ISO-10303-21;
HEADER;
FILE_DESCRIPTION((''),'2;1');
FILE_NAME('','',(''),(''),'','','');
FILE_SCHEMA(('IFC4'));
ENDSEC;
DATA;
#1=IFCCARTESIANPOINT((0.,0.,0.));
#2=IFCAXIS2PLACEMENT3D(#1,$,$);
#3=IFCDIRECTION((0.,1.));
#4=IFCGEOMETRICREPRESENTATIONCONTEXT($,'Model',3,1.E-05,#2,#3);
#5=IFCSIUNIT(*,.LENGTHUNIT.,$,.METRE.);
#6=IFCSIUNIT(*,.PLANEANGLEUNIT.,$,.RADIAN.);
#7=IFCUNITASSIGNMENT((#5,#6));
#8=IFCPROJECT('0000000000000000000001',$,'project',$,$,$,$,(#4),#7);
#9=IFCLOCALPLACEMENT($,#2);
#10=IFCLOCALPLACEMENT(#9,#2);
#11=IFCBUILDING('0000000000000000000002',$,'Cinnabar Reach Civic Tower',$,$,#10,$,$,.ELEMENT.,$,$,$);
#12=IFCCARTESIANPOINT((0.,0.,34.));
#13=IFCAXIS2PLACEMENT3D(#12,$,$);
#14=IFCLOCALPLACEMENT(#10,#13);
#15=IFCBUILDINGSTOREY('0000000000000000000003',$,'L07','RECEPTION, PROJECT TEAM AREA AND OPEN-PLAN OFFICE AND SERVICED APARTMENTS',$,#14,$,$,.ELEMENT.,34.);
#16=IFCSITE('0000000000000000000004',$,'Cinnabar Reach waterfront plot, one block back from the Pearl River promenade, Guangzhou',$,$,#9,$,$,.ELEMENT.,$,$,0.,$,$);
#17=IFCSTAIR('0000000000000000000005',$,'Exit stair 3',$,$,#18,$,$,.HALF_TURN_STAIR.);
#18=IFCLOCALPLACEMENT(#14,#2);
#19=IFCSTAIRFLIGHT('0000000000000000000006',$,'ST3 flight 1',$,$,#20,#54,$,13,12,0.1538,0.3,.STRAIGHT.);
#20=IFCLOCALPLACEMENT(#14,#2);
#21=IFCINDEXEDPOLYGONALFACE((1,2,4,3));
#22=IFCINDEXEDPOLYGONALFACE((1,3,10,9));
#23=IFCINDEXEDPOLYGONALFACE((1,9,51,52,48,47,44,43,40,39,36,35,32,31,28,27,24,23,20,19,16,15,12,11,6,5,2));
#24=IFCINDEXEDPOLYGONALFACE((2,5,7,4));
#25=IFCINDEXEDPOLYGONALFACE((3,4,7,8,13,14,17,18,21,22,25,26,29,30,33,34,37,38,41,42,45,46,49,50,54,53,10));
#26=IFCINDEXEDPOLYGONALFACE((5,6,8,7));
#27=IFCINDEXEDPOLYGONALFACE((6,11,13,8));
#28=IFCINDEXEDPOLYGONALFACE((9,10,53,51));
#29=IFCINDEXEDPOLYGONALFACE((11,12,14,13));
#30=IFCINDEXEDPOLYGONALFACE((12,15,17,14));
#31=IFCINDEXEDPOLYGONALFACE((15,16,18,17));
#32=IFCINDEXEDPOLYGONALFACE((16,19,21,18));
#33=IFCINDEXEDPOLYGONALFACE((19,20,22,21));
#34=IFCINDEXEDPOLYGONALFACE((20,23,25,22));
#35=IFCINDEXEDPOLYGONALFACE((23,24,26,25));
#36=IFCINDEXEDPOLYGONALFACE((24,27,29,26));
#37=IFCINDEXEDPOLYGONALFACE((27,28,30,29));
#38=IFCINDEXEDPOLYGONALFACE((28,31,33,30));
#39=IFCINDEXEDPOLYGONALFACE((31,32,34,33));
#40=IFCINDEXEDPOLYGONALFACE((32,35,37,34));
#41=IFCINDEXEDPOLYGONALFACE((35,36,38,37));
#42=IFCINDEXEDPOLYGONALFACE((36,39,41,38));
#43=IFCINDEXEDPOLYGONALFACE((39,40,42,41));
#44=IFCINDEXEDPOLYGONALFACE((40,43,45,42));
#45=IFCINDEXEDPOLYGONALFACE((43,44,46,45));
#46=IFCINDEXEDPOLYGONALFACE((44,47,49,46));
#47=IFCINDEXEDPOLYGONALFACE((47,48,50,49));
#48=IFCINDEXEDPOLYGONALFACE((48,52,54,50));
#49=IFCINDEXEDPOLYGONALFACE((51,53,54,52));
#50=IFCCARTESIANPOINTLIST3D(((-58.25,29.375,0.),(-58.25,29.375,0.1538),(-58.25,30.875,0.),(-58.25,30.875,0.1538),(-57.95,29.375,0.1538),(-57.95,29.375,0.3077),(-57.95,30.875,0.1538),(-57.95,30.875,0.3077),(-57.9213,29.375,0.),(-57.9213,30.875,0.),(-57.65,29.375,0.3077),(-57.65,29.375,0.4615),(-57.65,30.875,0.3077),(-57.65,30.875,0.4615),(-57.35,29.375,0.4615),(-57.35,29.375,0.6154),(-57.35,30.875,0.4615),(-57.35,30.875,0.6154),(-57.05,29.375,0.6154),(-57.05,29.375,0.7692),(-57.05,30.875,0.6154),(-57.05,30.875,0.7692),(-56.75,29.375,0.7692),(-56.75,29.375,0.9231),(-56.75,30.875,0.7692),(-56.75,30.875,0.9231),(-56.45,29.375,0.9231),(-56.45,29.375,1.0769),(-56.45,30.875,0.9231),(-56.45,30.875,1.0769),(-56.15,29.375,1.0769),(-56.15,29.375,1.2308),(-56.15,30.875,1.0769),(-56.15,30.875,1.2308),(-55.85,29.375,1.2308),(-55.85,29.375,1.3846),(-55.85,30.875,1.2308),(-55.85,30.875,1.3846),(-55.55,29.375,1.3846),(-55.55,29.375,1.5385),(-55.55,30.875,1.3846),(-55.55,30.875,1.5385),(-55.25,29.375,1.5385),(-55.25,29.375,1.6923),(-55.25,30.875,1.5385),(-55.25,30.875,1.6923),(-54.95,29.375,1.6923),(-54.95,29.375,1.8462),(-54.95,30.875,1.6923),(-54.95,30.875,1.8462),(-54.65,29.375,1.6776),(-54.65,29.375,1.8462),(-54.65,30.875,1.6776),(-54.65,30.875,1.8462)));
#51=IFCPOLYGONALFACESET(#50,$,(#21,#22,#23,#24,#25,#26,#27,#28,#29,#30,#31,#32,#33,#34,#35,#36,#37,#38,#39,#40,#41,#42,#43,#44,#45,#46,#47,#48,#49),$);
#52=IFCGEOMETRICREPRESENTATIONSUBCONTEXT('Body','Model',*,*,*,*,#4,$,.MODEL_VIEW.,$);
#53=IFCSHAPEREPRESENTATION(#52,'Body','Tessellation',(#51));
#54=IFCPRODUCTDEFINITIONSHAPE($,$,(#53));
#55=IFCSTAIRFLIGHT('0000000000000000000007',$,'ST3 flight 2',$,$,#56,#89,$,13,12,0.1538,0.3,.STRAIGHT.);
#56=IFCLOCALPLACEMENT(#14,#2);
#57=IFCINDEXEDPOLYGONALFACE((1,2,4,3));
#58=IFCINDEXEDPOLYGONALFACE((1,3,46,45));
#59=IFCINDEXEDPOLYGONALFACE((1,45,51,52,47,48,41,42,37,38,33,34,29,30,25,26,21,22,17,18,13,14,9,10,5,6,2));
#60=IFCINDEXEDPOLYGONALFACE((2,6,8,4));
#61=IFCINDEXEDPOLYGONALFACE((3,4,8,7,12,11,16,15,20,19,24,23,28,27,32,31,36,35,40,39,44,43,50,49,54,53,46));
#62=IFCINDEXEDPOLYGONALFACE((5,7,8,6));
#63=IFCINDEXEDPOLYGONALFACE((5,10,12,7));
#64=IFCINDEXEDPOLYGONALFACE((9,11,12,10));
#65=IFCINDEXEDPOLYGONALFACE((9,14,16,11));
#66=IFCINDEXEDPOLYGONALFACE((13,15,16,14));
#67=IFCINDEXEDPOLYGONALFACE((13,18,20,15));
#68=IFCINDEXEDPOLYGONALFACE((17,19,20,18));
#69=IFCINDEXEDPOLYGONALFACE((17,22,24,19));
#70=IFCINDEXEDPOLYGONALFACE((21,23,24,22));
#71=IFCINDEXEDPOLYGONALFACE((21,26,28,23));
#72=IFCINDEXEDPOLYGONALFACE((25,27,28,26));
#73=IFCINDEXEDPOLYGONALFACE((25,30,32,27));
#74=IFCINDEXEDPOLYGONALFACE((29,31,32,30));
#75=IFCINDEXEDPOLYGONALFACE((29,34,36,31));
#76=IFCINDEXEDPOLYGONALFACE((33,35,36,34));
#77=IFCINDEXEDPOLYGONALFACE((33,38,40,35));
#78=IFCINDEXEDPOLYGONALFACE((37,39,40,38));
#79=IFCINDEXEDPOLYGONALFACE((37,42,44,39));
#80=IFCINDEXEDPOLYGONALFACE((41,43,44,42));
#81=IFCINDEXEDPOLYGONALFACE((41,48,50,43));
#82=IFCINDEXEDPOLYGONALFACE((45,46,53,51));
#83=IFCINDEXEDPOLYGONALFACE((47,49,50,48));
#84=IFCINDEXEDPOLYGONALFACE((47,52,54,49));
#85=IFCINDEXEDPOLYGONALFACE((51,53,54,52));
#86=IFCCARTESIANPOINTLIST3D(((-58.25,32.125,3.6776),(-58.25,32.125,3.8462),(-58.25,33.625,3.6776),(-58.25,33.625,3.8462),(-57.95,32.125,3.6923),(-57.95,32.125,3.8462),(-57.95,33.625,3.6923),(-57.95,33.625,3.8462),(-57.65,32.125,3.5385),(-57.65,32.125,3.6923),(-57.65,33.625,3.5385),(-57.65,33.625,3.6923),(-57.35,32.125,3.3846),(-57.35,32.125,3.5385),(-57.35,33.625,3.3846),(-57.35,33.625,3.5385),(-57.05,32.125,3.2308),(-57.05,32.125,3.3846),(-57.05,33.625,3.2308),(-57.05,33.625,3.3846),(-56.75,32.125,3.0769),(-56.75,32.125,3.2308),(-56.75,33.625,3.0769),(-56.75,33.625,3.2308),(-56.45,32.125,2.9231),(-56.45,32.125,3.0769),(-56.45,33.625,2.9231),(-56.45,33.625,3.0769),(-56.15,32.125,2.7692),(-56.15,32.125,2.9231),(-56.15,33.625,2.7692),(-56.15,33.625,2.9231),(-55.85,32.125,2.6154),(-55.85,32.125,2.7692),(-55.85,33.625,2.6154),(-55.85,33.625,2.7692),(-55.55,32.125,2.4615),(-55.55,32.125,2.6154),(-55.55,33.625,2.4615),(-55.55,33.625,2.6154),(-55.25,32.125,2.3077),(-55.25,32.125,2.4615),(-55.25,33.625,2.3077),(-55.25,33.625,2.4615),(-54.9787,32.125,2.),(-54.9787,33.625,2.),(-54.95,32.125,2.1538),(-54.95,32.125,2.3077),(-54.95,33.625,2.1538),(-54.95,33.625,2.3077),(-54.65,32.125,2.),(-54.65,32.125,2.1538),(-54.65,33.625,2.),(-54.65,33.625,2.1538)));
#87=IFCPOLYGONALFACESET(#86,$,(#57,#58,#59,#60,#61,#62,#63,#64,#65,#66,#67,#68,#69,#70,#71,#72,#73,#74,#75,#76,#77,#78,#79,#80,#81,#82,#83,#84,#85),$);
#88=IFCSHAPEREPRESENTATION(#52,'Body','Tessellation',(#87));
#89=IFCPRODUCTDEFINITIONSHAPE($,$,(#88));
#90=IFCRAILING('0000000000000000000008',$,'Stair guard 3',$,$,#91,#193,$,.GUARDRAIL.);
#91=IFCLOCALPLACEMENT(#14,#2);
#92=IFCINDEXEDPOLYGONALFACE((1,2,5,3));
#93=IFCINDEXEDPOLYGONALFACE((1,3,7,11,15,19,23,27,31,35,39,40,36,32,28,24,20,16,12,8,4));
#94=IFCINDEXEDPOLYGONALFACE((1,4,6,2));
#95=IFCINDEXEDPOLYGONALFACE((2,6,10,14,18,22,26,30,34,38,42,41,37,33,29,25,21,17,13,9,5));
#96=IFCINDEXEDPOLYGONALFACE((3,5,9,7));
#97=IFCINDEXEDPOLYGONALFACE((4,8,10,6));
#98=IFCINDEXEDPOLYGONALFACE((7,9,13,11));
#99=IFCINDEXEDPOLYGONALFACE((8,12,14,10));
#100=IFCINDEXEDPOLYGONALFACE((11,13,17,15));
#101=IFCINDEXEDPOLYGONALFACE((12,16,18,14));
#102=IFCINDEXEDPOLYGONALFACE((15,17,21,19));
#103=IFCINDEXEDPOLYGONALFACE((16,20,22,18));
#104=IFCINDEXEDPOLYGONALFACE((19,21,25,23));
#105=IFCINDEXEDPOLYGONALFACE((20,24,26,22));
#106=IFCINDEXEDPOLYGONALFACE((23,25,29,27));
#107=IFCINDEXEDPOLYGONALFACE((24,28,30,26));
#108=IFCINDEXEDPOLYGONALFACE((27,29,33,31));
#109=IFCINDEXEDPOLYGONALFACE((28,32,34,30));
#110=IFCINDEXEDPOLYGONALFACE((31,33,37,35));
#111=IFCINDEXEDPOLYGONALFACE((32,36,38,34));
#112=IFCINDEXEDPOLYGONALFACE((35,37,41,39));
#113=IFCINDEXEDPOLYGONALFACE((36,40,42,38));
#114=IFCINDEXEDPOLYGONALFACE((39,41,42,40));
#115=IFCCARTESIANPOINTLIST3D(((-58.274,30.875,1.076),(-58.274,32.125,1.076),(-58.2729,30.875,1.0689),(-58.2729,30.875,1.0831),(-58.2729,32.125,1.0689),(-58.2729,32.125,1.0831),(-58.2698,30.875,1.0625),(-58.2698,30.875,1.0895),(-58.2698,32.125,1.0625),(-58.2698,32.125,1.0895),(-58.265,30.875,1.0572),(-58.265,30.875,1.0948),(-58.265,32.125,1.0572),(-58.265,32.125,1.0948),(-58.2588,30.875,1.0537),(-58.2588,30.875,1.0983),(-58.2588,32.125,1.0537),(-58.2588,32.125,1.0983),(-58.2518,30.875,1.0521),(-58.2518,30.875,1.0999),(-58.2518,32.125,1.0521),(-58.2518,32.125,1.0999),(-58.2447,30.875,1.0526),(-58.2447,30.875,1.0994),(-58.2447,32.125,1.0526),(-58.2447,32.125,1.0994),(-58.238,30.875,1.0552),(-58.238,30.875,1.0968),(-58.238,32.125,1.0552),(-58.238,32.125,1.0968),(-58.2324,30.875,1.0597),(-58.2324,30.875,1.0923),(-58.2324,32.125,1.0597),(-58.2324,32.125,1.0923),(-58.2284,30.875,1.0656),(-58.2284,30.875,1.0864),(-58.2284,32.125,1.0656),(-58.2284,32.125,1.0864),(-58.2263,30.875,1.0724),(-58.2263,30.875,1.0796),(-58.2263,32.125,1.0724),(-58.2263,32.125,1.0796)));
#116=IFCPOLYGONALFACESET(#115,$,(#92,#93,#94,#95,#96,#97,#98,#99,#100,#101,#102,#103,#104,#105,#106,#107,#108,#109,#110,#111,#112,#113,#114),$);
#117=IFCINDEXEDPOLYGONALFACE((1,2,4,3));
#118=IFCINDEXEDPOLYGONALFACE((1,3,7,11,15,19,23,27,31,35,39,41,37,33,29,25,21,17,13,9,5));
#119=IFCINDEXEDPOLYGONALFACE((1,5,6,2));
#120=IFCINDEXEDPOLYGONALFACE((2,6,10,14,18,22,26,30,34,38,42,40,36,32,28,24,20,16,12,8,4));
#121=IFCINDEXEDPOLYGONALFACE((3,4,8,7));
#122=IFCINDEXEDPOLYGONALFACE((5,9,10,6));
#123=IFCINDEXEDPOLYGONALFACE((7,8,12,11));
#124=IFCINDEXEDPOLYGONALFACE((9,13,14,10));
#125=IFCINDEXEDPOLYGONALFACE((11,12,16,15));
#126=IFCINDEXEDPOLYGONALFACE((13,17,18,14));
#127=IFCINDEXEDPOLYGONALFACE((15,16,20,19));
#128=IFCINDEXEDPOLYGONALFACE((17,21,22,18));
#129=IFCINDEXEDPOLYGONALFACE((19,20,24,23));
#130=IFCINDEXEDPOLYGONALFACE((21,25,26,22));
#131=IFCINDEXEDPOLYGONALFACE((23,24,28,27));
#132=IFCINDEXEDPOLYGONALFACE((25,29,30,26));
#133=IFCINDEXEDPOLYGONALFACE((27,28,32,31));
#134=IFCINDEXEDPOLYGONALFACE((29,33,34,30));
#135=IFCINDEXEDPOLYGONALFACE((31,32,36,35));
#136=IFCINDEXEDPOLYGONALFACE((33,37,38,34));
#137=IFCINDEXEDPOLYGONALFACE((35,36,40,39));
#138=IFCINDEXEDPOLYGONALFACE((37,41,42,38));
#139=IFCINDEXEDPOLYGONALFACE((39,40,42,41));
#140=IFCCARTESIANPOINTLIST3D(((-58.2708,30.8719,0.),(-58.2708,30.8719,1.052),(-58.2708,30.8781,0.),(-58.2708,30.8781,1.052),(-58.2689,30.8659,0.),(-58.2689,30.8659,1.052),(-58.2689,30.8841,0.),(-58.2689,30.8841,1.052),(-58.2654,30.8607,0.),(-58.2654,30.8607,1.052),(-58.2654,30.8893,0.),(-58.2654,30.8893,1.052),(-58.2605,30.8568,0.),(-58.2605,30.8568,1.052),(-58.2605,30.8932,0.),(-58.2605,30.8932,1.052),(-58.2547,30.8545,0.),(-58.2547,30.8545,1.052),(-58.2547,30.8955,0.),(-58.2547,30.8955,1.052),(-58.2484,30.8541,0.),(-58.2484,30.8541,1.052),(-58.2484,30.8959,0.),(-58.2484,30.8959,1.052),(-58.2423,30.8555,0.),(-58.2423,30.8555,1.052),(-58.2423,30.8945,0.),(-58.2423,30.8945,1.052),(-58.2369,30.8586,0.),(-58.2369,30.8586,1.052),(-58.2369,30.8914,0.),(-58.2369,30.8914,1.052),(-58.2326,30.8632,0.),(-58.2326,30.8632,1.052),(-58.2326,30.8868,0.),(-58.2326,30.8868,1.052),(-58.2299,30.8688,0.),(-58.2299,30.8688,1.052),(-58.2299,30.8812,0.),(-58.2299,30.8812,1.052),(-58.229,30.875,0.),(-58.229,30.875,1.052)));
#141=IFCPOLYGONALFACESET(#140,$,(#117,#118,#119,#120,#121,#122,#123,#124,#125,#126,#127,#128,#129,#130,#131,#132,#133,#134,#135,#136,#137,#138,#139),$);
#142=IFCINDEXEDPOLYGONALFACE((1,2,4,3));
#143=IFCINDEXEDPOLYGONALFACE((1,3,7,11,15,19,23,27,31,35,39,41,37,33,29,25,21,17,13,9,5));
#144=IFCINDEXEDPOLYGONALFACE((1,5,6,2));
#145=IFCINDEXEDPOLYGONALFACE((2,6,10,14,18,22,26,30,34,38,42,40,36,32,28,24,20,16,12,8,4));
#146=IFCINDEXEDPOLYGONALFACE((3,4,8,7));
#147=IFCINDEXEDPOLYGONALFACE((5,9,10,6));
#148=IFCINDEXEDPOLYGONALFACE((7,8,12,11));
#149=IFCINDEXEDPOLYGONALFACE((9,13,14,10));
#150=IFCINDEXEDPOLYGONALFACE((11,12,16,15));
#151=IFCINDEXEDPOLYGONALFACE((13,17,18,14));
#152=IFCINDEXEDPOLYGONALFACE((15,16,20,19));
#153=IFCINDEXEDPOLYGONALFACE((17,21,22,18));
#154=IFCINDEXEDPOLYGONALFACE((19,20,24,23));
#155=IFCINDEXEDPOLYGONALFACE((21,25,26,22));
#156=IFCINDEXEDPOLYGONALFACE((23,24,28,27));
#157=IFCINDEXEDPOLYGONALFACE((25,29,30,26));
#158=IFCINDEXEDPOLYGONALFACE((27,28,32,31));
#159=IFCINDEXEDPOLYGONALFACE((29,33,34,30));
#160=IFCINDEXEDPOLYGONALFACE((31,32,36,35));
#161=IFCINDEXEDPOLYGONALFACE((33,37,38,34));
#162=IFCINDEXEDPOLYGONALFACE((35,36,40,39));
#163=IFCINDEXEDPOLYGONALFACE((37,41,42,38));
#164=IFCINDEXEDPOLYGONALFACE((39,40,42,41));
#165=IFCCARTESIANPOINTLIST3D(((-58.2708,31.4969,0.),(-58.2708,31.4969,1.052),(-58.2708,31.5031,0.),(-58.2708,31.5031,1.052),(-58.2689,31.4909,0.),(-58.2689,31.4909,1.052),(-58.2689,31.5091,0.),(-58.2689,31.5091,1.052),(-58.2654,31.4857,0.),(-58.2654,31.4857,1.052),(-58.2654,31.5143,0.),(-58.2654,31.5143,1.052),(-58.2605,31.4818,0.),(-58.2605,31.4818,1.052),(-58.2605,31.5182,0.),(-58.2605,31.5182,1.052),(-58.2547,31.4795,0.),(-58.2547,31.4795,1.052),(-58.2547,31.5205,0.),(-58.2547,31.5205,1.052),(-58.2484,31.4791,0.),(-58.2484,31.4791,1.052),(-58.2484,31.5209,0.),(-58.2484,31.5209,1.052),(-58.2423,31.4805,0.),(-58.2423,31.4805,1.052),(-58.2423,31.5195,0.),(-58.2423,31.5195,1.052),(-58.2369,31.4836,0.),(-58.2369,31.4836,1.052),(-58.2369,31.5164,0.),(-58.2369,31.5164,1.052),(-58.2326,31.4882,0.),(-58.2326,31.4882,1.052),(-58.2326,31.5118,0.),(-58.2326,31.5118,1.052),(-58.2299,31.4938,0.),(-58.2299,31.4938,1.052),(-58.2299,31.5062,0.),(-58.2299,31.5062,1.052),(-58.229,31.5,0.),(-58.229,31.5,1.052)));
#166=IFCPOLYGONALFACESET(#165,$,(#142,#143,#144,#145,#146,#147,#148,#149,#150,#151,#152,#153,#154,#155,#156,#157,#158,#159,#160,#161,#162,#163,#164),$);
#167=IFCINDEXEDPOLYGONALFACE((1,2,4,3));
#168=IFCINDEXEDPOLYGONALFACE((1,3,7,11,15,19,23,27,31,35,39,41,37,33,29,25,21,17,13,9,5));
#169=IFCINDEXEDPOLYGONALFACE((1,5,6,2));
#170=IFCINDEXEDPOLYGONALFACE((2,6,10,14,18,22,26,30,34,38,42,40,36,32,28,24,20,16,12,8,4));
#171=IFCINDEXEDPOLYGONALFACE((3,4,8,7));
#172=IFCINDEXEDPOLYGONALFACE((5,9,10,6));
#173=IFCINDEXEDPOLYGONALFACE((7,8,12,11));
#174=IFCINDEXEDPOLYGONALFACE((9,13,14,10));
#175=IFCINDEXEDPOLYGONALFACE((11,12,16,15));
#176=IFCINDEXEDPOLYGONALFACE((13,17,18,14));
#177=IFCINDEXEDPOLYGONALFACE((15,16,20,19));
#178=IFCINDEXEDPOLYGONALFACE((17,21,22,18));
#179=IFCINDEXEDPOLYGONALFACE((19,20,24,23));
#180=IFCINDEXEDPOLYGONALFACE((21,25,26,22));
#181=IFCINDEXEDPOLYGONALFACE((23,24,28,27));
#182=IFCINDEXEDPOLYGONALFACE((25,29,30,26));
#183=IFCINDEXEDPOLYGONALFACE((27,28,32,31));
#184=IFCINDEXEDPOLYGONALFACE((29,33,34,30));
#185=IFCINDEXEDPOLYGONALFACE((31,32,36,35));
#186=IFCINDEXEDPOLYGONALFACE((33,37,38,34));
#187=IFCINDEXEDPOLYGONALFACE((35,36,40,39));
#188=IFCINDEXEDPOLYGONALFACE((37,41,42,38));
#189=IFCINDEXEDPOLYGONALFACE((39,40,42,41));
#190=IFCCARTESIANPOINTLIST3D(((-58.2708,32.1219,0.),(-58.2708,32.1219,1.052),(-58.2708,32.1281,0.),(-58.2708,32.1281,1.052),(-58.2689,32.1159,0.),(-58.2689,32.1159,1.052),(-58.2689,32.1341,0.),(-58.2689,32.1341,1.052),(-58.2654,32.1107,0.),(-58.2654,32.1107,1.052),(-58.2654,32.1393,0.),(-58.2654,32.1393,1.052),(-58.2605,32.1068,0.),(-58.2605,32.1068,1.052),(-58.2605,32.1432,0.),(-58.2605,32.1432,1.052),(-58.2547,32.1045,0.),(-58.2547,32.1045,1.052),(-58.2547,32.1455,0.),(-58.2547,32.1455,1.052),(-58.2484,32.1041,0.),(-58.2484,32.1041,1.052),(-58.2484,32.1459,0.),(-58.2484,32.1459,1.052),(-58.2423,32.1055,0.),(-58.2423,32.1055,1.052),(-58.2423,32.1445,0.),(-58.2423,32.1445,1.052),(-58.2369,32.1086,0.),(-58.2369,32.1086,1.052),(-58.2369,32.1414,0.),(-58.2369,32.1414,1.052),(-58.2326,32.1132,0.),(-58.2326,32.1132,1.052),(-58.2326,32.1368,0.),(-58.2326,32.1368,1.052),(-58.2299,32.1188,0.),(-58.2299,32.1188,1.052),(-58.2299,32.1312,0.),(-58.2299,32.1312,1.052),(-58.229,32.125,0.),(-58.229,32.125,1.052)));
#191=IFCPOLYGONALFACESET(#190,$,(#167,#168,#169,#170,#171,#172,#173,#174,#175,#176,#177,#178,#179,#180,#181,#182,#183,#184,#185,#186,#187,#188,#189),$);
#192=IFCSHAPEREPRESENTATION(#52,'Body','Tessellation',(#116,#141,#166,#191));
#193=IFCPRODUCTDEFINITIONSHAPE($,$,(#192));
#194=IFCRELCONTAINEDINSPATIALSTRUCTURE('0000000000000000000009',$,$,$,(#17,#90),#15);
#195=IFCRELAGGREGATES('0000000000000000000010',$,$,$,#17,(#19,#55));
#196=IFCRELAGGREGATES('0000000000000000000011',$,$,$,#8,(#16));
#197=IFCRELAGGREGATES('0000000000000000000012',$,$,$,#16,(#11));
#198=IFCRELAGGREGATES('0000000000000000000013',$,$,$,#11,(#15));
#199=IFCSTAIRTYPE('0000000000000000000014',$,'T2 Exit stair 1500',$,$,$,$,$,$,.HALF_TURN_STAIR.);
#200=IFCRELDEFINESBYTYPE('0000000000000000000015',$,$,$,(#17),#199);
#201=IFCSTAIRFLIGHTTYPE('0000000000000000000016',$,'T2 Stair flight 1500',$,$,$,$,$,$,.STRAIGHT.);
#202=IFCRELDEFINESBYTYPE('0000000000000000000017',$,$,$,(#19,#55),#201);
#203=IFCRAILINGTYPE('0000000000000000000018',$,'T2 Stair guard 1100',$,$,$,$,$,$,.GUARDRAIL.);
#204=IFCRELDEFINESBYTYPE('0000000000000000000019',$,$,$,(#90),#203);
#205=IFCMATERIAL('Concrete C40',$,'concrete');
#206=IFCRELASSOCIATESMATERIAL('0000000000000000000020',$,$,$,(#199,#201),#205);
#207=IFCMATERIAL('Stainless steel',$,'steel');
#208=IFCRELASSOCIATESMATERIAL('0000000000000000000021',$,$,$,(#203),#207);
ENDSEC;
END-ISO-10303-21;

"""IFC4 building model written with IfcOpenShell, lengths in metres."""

from ifc_helpers import new_model, si_unit, direction, frame, origin, origin_2d, place, context, subcontext, project, spatial, polyline, circle, outline, extrude, material, type_object, element, aggregate, save


model = new_model("IFC4")

# Units and contexts
model_context = context("Model", 3, precision=1e-05, world=origin(), true_north=direction((0.0, 1.0)))
body_context = subcontext(model_context, "Body", "Model", "MODEL_VIEW")
ifc_project = project(units=[si_unit("LENGTHUNIT", "METRE"), si_unit("PLANEANGLEUNIT", "RADIAN")], contexts=[model_context])

# Site, building, storey
site_placement = place(None, origin())
site = spatial("IfcSite", under=ifc_project, at=site_placement, Name="Cinnabar Reach waterfront plot, one block back from the Pearl River promenade, Guangzhou", CompositionType="ELEMENT", RefElevation=0.0)
building_placement = place(site_placement, origin())
building = spatial("IfcBuilding", under=site, at=building_placement, Name="Cinnabar Reach Civic Tower", CompositionType="ELEMENT")
storey_placement = place(building_placement, frame((0.0, 0.0, 34.0)))
storey = spatial("IfcBuildingStorey", under=building, at=storey_placement, Name="L07", Description="RECEPTION, PROJECT TEAM AREA AND OPEN-PLAN OFFICE AND SERVICED APARTMENTS", CompositionType="ELEMENT", Elevation=34.0)

# Stair, stair flights
ifc_material_1 = material(Name="Concrete C40", Category="concrete")
stair_type = type_object("IfcStairType", Name="T2 Exit stair 1500", PredefinedType="HALF_TURN_STAIR", material=ifc_material_1)
stair_placement = place(storey_placement, origin())
stair = element("IfcStair", 1, at=stair_placement, inside=storey, type_object=stair_type, Name="Exit stair 3", PredefinedType="HALF_TURN_STAIR")
stair_flight_type = type_object("IfcStairFlightType", Name="T2 Stair flight 1500", PredefinedType="STRAIGHT", material=ifc_material_1)
stair_flight_1_placement = place(storey_placement, frame((-58.25, 30.125, 0.0), z_axis=(0.0, 0.0, 1.0), x_axis=(1.0, 0.0, 0.0)))
stair_flight_1 = element("IfcStairFlight", 2, at=stair_flight_1_placement, type_object=stair_flight_type, Name="ST3 flight 1", NumberOfRisers=13, NumberOfTreads=12, PredefinedType="STRAIGHT", RiserHeight=0.1538, TreadLength=0.3, context=body_context, shape_type="SweptSolid", body=[
    extrude(outline(polyline([(0.0, 0.0), (0.0, 0.1538), (0.3, 0.1538), (0.3, 0.3077), (0.6, 0.3077), (0.6, 0.4615), (0.9, 0.4615), (0.9, 0.6154), (1.2, 0.6154), (1.2, 0.7692), (1.5, 0.7692), (1.5, 0.9231), (1.8, 0.9231), (1.8, 1.0769), (2.1, 1.0769), (2.1, 1.2308), (2.4, 1.2308), (2.4, 1.3846), (2.7, 1.3846), (2.7, 1.5385), (3.0, 1.5385), (3.0, 1.6923), (3.3, 1.6923), (3.3, 1.8462), (3.6, 1.8462), (3.6, 2.0), (3.6, 1.6776), (0.3287, 0.0), (0.0, 0.0)])), frame((0.0, 0.75, 0.0), z_axis=(0.0, -1.0, 0.0), x_axis=(1.0, 0.0, 0.0)), (0.0, 0.0, 1.0), 1.5),
])
stair_flight_2_placement = place(storey_placement, frame((-54.65, 32.875, 2.0), z_axis=(0.0, 0.0, 1.0), x_axis=(-1.0, 0.0, 0.0)))
stair_flight_2 = element("IfcStairFlight", 3, at=stair_flight_2_placement, type_object=stair_flight_type, Name="ST3 flight 2", NumberOfRisers=13, NumberOfTreads=12, PredefinedType="STRAIGHT", RiserHeight=0.1538, TreadLength=0.3, context=body_context, shape_type="SweptSolid", body=[
    extrude(outline(polyline([(0.0, 0.0), (0.0, 0.1538), (0.3, 0.1538), (0.3, 0.3077), (0.6, 0.3077), (0.6, 0.4615), (0.9, 0.4615), (0.9, 0.6154), (1.2, 0.6154), (1.2, 0.7692), (1.5, 0.7692), (1.5, 0.9231), (1.8, 0.9231), (1.8, 1.0769), (2.1, 1.0769), (2.1, 1.2308), (2.4, 1.2308), (2.4, 1.3846), (2.7, 1.3846), (2.7, 1.5385), (3.0, 1.5385), (3.0, 1.6923), (3.3, 1.6923), (3.3, 1.8462), (3.6, 1.8462), (3.6, 2.0), (3.6, 1.6776), (0.3287, 0.0), (0.0, 0.0)])), frame((0.0, 0.75, 0.0), z_axis=(0.0, -1.0, 0.0), x_axis=(1.0, 0.0, 0.0)), (0.0, 0.0, 1.0), 1.5),
])
aggregate(stair, [stair_flight_1, stair_flight_2])

# Railing
ifc_material_2 = material(Name="Stainless steel", Category="steel")
railing_type = type_object("IfcRailingType", Name="T2 Stair guard 1100", PredefinedType="GUARDRAIL", material=ifc_material_2)
railing_1_placement = place(storey_placement, frame((-58.25, 30.875, 0.0)))
element("IfcRailing", 4, at=railing_1_placement, inside=storey, type_object=railing_type, Name="Stair guard 3", PredefinedType="GUARDRAIL", context=body_context, shape_type="SweptSolid", body=[
    extrude(circle(Radius=0.024, at=origin_2d()), frame((0.0, 0.0, 1.076), z_axis=(0.0, 1.0, 0.0), x_axis=(-1.0, 0.0, 0.0)), (0.0, 0.0, 1.0), 1.25),
    extrude(circle(Radius=0.021, at=origin_2d()), origin(), (0.0, 0.0, 1.0), 1.052),
    extrude(circle(Radius=0.021, at=origin_2d()), frame((0.0, 0.625, 0.0)), (0.0, 0.0, 1.0), 1.052),
    extrude(circle(Radius=0.021, at=origin_2d()), frame((0.0, 1.25, 0.0)), (0.0, 0.0, 1.0), 1.052),
])

save(model, "model.ifc")
